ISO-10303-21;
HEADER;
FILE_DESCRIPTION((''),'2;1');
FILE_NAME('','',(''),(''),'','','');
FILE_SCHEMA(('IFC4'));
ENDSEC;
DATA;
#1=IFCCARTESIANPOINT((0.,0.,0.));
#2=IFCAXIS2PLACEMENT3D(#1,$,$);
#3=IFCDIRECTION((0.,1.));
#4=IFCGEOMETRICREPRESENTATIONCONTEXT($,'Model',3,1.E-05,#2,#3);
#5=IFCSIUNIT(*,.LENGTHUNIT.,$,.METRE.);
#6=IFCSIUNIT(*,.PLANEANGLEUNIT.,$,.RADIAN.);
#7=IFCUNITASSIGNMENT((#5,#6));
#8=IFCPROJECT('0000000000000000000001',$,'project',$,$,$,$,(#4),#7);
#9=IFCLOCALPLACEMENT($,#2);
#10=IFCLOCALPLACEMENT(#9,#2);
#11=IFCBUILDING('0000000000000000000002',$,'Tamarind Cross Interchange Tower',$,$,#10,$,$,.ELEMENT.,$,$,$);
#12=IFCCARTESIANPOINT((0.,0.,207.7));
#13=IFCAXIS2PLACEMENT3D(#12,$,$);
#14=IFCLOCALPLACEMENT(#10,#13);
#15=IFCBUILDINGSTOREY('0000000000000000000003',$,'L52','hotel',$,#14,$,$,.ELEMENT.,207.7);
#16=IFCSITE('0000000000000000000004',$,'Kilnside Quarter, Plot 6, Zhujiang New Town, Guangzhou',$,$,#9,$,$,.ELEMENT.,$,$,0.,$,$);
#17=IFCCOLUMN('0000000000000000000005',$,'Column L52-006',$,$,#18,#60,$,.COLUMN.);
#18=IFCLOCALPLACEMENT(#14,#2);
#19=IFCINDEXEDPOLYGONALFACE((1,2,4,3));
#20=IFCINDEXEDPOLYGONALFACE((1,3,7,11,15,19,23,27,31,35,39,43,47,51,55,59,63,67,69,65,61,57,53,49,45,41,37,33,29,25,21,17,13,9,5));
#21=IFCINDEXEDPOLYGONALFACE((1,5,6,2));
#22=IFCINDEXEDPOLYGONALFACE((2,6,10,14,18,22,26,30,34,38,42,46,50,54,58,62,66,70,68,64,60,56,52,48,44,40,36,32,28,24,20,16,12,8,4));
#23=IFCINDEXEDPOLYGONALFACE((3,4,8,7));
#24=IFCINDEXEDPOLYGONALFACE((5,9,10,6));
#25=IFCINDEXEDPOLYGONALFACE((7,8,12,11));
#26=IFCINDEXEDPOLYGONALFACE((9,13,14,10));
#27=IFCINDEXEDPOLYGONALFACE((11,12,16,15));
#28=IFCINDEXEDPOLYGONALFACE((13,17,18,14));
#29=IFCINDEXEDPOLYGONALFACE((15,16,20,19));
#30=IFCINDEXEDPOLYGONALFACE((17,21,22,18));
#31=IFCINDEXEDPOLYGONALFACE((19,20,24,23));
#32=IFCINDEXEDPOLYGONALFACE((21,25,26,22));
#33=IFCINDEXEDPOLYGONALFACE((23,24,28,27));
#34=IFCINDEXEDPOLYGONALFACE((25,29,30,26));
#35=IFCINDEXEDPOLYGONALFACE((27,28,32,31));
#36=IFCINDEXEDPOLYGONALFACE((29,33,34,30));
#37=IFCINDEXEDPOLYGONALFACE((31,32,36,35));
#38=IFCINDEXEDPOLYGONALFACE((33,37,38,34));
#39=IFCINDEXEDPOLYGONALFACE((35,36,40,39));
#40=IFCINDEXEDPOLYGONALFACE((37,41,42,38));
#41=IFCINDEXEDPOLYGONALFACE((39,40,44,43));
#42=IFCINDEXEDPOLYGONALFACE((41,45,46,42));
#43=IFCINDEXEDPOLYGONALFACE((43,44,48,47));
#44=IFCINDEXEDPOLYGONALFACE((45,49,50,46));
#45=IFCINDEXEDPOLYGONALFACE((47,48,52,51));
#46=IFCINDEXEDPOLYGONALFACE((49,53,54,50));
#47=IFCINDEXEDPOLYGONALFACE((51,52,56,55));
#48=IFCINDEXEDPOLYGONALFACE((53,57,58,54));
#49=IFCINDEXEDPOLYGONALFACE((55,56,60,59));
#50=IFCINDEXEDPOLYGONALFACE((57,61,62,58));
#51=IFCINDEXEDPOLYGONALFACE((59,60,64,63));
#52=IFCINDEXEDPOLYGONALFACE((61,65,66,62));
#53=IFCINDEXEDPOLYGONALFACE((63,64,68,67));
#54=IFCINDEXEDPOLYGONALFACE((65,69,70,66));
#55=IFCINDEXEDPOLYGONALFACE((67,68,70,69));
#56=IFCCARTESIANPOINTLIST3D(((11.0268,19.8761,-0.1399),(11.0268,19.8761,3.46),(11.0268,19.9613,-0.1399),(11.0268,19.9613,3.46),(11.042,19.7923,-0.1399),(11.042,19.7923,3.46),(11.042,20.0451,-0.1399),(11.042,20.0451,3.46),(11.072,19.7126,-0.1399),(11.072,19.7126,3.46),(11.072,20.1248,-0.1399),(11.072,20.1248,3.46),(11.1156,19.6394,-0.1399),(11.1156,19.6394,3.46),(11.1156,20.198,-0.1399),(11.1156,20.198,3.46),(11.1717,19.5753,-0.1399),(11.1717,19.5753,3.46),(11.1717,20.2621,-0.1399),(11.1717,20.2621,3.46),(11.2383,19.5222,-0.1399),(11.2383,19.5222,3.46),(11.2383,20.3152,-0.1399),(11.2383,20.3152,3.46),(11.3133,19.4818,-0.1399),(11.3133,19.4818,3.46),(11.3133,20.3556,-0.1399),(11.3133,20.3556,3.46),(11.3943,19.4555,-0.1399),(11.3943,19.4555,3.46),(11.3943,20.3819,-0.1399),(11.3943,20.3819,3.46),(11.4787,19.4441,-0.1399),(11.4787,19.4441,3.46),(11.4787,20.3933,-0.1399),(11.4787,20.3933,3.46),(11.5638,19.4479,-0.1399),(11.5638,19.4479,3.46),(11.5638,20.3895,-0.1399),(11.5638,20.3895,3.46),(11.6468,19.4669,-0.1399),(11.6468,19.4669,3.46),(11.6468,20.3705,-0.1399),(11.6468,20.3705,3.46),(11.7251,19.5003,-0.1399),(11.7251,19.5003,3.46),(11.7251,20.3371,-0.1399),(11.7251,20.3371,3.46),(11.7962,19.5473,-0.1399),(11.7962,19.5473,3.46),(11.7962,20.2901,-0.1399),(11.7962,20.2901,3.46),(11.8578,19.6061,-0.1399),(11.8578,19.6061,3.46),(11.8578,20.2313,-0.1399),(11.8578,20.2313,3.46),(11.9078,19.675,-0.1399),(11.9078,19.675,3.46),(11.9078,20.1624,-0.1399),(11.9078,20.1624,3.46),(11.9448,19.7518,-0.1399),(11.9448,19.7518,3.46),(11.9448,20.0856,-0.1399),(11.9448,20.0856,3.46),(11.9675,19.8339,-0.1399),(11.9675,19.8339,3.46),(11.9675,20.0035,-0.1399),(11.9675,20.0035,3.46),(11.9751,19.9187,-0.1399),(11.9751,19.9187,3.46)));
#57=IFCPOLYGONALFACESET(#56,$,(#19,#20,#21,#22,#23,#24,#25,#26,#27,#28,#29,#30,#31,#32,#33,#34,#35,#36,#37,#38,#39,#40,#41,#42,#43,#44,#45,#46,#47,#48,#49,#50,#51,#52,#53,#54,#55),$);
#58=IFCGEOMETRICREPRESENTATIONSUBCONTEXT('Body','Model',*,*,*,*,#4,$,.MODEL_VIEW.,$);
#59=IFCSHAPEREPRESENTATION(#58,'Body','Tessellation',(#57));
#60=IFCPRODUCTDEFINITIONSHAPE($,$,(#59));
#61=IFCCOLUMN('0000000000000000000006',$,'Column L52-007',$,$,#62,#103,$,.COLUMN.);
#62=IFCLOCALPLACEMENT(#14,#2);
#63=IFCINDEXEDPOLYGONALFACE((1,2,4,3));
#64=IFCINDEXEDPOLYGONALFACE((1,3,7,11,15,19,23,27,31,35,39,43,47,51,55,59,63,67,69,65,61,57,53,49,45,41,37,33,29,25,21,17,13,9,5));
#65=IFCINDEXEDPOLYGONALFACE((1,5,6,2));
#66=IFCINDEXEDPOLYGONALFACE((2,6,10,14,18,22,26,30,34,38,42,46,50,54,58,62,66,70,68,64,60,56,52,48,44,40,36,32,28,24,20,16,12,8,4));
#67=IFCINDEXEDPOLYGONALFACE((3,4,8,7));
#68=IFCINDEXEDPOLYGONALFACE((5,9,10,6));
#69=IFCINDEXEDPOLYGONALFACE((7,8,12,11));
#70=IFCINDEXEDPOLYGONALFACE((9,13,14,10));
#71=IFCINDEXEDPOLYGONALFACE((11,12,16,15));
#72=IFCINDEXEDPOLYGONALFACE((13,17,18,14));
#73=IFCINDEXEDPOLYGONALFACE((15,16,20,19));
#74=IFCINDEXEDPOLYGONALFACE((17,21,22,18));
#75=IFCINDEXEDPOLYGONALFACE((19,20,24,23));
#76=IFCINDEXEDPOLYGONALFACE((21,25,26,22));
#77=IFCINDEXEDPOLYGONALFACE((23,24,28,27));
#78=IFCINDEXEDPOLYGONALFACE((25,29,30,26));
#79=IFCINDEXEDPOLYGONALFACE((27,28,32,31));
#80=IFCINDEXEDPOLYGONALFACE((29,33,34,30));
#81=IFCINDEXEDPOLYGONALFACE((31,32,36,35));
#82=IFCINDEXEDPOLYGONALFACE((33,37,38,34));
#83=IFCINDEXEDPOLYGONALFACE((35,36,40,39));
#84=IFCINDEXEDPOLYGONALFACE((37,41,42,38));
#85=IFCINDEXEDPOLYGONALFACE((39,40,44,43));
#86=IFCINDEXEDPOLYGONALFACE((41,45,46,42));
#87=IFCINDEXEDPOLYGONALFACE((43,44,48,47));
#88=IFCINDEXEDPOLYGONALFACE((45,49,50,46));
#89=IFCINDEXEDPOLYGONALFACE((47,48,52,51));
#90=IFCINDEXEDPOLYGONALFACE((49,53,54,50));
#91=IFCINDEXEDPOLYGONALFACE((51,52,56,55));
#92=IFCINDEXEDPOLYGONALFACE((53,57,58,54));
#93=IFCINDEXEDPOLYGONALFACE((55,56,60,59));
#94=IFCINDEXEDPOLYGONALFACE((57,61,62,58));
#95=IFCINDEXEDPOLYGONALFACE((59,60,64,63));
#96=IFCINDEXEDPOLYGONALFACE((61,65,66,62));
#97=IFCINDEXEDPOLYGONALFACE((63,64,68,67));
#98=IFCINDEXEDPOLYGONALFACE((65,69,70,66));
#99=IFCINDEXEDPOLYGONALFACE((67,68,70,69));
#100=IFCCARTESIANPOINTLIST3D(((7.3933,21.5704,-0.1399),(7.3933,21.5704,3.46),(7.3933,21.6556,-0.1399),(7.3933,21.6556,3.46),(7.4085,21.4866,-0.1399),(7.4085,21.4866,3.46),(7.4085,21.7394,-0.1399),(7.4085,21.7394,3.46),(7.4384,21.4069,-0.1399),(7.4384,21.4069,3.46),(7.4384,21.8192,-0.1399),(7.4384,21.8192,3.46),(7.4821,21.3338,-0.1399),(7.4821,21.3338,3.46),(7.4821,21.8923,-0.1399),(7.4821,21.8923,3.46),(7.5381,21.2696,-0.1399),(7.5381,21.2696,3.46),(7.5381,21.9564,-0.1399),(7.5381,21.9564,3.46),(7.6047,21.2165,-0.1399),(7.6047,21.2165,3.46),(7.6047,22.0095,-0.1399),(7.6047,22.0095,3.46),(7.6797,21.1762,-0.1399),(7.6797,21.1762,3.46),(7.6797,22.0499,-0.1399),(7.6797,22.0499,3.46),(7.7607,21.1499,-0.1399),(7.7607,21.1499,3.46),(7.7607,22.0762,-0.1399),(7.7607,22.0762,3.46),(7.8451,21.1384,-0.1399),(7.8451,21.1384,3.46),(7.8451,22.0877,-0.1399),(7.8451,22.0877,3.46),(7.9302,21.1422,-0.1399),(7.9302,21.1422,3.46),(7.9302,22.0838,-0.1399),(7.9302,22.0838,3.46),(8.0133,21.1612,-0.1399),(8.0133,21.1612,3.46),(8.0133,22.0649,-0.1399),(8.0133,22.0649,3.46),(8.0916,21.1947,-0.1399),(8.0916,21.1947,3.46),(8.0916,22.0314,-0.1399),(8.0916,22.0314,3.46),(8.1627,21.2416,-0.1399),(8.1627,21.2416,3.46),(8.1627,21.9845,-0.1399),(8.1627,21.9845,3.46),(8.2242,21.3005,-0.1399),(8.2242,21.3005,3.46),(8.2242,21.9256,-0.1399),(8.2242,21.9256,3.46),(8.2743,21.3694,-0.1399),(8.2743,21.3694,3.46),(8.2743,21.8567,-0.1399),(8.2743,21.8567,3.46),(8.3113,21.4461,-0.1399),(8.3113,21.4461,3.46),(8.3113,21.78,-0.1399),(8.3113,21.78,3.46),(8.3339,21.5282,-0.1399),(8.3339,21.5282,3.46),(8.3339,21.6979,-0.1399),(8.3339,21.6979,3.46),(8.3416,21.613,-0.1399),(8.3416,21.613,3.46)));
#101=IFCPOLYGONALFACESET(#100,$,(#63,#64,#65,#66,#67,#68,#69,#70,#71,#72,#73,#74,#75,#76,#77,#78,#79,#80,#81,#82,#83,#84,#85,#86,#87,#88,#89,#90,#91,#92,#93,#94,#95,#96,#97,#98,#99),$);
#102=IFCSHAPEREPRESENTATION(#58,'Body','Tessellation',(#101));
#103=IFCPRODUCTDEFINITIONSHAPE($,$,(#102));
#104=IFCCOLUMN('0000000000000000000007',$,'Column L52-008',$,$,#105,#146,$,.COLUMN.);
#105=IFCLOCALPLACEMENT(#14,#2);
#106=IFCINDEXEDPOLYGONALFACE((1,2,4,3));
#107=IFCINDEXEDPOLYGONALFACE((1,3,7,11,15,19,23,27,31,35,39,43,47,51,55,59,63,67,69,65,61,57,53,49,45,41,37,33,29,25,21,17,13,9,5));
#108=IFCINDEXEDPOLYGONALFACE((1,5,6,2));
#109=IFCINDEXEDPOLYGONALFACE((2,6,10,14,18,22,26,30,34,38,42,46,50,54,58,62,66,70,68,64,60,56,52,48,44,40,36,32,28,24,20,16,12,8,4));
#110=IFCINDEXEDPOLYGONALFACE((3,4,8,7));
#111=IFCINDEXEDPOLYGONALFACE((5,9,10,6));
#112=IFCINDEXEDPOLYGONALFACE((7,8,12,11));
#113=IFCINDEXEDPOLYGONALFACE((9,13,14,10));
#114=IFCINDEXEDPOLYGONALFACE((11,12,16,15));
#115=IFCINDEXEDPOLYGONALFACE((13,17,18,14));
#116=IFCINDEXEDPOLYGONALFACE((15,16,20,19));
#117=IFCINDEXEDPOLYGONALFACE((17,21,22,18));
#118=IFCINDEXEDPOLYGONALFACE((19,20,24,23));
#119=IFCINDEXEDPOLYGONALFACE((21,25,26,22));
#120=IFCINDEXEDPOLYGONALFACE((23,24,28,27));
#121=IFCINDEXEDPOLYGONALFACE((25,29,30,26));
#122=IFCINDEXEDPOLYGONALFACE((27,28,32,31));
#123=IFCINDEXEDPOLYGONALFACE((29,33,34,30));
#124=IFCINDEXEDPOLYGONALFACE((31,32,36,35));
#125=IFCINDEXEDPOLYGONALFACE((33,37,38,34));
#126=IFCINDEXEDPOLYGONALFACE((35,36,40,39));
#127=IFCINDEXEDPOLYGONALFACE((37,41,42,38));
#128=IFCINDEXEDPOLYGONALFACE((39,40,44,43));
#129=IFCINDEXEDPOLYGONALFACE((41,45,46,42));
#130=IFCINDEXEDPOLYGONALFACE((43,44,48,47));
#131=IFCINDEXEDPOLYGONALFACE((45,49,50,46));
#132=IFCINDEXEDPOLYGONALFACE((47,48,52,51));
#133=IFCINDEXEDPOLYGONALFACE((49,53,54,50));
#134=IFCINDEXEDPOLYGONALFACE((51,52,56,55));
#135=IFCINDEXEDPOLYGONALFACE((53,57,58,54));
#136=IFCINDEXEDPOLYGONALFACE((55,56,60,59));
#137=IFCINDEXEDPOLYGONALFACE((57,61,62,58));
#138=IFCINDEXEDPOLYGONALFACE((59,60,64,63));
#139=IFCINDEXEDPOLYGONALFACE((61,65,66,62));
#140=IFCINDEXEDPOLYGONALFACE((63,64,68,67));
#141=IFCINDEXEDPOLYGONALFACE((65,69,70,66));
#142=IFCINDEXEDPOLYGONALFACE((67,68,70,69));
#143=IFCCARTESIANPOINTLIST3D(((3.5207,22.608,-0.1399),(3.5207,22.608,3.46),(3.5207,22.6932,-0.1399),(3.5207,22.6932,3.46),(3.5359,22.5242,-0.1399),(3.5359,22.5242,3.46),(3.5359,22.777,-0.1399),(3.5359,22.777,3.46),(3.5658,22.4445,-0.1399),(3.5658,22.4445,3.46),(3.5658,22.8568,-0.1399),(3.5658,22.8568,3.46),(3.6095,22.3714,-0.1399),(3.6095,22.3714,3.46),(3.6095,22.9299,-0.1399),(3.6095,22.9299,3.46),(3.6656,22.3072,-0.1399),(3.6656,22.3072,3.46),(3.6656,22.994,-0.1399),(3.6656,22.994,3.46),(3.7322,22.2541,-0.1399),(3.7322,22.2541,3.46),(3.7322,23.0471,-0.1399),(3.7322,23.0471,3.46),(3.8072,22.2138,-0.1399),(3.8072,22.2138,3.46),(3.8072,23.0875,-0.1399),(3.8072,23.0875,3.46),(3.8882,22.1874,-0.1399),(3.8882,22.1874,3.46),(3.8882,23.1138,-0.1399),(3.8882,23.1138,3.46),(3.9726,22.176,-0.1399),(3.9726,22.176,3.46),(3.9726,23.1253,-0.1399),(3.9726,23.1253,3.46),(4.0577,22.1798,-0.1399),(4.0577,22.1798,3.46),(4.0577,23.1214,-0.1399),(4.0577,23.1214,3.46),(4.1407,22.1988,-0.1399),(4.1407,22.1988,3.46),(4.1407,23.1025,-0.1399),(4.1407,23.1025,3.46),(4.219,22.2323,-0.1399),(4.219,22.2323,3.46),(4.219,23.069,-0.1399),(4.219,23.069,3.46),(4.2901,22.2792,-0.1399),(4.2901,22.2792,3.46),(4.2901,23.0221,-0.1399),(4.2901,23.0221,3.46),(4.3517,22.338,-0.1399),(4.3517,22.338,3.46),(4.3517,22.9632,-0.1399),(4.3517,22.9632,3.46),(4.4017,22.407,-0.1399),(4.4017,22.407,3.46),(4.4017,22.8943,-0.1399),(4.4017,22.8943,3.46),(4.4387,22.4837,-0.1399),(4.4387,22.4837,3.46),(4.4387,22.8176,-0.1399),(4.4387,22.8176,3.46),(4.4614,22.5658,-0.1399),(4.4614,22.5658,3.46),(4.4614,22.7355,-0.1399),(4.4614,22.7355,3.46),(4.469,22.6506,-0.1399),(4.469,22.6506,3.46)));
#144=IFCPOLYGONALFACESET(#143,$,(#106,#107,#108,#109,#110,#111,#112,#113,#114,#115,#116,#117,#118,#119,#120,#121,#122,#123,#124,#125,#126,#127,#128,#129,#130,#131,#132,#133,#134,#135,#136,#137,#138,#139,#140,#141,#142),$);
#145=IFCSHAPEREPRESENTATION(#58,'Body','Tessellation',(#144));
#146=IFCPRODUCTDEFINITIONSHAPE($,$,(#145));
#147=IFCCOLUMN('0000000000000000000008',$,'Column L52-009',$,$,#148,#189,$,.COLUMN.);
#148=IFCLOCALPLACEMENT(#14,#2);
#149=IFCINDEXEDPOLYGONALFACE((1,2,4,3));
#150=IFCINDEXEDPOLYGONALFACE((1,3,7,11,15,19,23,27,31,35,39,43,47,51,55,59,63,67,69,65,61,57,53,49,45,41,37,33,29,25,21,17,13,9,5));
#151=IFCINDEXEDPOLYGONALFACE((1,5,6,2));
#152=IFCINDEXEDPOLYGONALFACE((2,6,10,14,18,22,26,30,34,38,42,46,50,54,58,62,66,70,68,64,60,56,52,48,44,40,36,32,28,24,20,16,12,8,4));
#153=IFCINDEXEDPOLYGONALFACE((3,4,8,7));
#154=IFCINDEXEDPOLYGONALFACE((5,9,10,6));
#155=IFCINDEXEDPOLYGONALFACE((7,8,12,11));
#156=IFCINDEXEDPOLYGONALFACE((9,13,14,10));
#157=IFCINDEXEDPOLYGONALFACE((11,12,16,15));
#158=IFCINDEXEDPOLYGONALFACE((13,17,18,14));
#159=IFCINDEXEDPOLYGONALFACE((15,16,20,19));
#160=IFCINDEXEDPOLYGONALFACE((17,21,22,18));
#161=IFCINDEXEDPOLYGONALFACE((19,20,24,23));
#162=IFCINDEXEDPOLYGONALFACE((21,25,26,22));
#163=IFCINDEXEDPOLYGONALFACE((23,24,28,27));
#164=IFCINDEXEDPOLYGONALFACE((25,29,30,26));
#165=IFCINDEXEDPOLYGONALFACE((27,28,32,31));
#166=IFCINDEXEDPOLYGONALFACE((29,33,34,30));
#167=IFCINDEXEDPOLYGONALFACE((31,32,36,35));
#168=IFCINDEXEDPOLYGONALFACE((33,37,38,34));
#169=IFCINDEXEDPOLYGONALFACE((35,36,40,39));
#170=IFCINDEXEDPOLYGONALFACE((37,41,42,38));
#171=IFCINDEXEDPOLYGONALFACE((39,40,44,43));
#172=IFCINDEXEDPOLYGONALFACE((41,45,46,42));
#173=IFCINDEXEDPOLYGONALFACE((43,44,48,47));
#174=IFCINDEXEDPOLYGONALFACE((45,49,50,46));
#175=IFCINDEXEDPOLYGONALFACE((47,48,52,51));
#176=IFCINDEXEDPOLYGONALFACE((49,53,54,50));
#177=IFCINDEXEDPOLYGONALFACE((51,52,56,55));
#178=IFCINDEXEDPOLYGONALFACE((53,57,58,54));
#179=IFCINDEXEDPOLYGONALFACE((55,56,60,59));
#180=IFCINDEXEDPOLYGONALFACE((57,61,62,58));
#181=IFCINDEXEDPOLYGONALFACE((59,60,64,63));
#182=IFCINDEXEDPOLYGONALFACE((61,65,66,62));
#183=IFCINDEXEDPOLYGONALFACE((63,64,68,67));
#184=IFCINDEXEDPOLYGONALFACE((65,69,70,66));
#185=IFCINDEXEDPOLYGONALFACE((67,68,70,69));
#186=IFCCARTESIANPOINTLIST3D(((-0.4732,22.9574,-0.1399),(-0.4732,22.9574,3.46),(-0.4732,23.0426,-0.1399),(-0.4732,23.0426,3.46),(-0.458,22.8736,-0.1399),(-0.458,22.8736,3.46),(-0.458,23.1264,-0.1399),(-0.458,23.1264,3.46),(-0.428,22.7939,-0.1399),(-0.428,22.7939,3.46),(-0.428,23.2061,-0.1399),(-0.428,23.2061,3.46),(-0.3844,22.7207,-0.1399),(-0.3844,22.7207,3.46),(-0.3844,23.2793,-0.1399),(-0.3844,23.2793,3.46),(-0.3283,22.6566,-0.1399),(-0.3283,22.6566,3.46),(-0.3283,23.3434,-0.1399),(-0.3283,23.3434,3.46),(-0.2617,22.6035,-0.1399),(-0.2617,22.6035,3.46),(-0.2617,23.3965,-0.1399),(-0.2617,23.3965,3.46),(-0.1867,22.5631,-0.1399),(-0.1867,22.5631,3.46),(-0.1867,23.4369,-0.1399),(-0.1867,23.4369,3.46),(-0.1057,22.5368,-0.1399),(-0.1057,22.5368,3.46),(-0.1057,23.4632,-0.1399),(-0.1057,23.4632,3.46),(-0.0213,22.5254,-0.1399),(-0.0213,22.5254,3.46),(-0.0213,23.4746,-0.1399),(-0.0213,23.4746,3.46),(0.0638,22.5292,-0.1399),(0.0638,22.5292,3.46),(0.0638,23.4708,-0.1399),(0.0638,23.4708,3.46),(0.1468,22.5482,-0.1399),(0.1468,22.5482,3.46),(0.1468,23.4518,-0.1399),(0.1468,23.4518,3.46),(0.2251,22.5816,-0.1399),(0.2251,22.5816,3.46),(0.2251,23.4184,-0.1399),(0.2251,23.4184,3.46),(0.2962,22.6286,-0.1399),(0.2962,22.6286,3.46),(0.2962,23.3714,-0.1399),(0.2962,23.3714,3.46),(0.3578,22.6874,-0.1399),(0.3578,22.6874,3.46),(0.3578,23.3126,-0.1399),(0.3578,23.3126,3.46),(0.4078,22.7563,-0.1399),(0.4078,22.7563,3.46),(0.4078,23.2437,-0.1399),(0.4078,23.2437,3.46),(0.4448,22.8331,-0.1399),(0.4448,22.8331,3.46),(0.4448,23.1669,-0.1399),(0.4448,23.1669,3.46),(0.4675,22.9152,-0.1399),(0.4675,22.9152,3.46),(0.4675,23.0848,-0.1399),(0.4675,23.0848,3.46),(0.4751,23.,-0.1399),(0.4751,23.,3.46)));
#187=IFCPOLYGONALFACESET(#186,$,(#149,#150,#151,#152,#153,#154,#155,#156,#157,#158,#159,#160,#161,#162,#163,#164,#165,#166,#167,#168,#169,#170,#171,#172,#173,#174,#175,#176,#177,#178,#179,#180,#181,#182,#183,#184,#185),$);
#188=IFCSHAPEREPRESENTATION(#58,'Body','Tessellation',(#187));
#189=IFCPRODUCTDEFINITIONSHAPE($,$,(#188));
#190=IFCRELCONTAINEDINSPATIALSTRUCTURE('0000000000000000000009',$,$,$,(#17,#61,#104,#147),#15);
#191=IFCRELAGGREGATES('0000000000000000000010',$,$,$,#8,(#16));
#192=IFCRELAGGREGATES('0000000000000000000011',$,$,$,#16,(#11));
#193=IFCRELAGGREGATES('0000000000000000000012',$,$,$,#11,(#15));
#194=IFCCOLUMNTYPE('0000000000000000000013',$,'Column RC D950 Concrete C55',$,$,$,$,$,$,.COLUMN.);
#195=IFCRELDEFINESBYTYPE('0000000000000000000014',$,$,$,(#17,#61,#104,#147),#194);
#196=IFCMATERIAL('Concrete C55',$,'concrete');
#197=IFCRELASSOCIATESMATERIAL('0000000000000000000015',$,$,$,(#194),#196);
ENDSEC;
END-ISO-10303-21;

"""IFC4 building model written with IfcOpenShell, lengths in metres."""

from ifc_helpers import new_model, si_unit, direction, frame, origin, origin_2d, place, context, subcontext, project, spatial, circle, extrude, material, material_profile, profile_set, type_object, element, save


model = new_model("IFC4")

# Units and contexts
model_context = context("Model", 3, precision=1e-05, world=origin(), true_north=direction((0.0, 1.0)))
body_context = subcontext(model_context, "Body", "Model", "MODEL_VIEW")
ifc_project = project(units=[si_unit("LENGTHUNIT", "METRE"), si_unit("PLANEANGLEUNIT", "RADIAN")], contexts=[model_context])

# Site, building, storey
site_placement = place(None, origin())
site = spatial("IfcSite", under=ifc_project, at=site_placement, Name="Kilnside Quarter, Plot 6, Zhujiang New Town, Guangzhou", CompositionType="ELEMENT", RefElevation=0.0)
building_placement = place(site_placement, origin())
building = spatial("IfcBuilding", under=site, at=building_placement, Name="Tamarind Cross Interchange Tower", CompositionType="ELEMENT")
storey_placement = place(building_placement, frame((0.0, 0.0, 207.7)))
storey = spatial("IfcBuildingStorey", under=building, at=storey_placement, Name="L52", Description="hotel", CompositionType="ELEMENT", Elevation=207.7)

# Columns
ifc_material_1 = material(Name="Concrete C55", Category="concrete")
ifc_material_profile_1 = material_profile(ifc_material_1, circle(Radius=0.4751, at=origin_2d()), Name="RC D950")
ifc_profile_set_1 = profile_set([ifc_material_profile_1], Name="Concrete C55")
column_type = type_object("IfcColumnType", Name="Column RC D950 Concrete C55", PredefinedType="COLUMN", material=ifc_profile_set_1)
for number, where, z_axis, x_axis, name in (
    (1, (11.5, 19.9187, -0.1399), (0.0, 0.0, 1.0), (1.0, 0.0, 0.0), "Column L52-006"),
    (2, (7.8665, 21.613, -0.1399), (0.0, 0.0, 1.0), (1.0, 0.0, 0.0), "Column L52-007"),
    (3, (3.9939, 22.6506, -0.1399), (0.0, 0.0, 1.0), (1.0, 0.0, 0.0), "Column L52-008"),
    (4, (0.0, 23.0, -0.1399), (0.0, 0.0, 1.0), (1.0, 0.0, 0.0), "Column L52-009"),
):
    element("IfcColumn", number, at=place(storey_placement, frame(where, z_axis=z_axis, x_axis=x_axis)), inside=storey, type_object=column_type, Name=name, PredefinedType="COLUMN", context=body_context, shape_type="SweptSolid", body=[
        extrude(circle(Radius=0.4751, at=origin_2d()), origin(), (0.0, 0.0, 1.0), 3.5999),
    ])

save(model, "model.ifc")
